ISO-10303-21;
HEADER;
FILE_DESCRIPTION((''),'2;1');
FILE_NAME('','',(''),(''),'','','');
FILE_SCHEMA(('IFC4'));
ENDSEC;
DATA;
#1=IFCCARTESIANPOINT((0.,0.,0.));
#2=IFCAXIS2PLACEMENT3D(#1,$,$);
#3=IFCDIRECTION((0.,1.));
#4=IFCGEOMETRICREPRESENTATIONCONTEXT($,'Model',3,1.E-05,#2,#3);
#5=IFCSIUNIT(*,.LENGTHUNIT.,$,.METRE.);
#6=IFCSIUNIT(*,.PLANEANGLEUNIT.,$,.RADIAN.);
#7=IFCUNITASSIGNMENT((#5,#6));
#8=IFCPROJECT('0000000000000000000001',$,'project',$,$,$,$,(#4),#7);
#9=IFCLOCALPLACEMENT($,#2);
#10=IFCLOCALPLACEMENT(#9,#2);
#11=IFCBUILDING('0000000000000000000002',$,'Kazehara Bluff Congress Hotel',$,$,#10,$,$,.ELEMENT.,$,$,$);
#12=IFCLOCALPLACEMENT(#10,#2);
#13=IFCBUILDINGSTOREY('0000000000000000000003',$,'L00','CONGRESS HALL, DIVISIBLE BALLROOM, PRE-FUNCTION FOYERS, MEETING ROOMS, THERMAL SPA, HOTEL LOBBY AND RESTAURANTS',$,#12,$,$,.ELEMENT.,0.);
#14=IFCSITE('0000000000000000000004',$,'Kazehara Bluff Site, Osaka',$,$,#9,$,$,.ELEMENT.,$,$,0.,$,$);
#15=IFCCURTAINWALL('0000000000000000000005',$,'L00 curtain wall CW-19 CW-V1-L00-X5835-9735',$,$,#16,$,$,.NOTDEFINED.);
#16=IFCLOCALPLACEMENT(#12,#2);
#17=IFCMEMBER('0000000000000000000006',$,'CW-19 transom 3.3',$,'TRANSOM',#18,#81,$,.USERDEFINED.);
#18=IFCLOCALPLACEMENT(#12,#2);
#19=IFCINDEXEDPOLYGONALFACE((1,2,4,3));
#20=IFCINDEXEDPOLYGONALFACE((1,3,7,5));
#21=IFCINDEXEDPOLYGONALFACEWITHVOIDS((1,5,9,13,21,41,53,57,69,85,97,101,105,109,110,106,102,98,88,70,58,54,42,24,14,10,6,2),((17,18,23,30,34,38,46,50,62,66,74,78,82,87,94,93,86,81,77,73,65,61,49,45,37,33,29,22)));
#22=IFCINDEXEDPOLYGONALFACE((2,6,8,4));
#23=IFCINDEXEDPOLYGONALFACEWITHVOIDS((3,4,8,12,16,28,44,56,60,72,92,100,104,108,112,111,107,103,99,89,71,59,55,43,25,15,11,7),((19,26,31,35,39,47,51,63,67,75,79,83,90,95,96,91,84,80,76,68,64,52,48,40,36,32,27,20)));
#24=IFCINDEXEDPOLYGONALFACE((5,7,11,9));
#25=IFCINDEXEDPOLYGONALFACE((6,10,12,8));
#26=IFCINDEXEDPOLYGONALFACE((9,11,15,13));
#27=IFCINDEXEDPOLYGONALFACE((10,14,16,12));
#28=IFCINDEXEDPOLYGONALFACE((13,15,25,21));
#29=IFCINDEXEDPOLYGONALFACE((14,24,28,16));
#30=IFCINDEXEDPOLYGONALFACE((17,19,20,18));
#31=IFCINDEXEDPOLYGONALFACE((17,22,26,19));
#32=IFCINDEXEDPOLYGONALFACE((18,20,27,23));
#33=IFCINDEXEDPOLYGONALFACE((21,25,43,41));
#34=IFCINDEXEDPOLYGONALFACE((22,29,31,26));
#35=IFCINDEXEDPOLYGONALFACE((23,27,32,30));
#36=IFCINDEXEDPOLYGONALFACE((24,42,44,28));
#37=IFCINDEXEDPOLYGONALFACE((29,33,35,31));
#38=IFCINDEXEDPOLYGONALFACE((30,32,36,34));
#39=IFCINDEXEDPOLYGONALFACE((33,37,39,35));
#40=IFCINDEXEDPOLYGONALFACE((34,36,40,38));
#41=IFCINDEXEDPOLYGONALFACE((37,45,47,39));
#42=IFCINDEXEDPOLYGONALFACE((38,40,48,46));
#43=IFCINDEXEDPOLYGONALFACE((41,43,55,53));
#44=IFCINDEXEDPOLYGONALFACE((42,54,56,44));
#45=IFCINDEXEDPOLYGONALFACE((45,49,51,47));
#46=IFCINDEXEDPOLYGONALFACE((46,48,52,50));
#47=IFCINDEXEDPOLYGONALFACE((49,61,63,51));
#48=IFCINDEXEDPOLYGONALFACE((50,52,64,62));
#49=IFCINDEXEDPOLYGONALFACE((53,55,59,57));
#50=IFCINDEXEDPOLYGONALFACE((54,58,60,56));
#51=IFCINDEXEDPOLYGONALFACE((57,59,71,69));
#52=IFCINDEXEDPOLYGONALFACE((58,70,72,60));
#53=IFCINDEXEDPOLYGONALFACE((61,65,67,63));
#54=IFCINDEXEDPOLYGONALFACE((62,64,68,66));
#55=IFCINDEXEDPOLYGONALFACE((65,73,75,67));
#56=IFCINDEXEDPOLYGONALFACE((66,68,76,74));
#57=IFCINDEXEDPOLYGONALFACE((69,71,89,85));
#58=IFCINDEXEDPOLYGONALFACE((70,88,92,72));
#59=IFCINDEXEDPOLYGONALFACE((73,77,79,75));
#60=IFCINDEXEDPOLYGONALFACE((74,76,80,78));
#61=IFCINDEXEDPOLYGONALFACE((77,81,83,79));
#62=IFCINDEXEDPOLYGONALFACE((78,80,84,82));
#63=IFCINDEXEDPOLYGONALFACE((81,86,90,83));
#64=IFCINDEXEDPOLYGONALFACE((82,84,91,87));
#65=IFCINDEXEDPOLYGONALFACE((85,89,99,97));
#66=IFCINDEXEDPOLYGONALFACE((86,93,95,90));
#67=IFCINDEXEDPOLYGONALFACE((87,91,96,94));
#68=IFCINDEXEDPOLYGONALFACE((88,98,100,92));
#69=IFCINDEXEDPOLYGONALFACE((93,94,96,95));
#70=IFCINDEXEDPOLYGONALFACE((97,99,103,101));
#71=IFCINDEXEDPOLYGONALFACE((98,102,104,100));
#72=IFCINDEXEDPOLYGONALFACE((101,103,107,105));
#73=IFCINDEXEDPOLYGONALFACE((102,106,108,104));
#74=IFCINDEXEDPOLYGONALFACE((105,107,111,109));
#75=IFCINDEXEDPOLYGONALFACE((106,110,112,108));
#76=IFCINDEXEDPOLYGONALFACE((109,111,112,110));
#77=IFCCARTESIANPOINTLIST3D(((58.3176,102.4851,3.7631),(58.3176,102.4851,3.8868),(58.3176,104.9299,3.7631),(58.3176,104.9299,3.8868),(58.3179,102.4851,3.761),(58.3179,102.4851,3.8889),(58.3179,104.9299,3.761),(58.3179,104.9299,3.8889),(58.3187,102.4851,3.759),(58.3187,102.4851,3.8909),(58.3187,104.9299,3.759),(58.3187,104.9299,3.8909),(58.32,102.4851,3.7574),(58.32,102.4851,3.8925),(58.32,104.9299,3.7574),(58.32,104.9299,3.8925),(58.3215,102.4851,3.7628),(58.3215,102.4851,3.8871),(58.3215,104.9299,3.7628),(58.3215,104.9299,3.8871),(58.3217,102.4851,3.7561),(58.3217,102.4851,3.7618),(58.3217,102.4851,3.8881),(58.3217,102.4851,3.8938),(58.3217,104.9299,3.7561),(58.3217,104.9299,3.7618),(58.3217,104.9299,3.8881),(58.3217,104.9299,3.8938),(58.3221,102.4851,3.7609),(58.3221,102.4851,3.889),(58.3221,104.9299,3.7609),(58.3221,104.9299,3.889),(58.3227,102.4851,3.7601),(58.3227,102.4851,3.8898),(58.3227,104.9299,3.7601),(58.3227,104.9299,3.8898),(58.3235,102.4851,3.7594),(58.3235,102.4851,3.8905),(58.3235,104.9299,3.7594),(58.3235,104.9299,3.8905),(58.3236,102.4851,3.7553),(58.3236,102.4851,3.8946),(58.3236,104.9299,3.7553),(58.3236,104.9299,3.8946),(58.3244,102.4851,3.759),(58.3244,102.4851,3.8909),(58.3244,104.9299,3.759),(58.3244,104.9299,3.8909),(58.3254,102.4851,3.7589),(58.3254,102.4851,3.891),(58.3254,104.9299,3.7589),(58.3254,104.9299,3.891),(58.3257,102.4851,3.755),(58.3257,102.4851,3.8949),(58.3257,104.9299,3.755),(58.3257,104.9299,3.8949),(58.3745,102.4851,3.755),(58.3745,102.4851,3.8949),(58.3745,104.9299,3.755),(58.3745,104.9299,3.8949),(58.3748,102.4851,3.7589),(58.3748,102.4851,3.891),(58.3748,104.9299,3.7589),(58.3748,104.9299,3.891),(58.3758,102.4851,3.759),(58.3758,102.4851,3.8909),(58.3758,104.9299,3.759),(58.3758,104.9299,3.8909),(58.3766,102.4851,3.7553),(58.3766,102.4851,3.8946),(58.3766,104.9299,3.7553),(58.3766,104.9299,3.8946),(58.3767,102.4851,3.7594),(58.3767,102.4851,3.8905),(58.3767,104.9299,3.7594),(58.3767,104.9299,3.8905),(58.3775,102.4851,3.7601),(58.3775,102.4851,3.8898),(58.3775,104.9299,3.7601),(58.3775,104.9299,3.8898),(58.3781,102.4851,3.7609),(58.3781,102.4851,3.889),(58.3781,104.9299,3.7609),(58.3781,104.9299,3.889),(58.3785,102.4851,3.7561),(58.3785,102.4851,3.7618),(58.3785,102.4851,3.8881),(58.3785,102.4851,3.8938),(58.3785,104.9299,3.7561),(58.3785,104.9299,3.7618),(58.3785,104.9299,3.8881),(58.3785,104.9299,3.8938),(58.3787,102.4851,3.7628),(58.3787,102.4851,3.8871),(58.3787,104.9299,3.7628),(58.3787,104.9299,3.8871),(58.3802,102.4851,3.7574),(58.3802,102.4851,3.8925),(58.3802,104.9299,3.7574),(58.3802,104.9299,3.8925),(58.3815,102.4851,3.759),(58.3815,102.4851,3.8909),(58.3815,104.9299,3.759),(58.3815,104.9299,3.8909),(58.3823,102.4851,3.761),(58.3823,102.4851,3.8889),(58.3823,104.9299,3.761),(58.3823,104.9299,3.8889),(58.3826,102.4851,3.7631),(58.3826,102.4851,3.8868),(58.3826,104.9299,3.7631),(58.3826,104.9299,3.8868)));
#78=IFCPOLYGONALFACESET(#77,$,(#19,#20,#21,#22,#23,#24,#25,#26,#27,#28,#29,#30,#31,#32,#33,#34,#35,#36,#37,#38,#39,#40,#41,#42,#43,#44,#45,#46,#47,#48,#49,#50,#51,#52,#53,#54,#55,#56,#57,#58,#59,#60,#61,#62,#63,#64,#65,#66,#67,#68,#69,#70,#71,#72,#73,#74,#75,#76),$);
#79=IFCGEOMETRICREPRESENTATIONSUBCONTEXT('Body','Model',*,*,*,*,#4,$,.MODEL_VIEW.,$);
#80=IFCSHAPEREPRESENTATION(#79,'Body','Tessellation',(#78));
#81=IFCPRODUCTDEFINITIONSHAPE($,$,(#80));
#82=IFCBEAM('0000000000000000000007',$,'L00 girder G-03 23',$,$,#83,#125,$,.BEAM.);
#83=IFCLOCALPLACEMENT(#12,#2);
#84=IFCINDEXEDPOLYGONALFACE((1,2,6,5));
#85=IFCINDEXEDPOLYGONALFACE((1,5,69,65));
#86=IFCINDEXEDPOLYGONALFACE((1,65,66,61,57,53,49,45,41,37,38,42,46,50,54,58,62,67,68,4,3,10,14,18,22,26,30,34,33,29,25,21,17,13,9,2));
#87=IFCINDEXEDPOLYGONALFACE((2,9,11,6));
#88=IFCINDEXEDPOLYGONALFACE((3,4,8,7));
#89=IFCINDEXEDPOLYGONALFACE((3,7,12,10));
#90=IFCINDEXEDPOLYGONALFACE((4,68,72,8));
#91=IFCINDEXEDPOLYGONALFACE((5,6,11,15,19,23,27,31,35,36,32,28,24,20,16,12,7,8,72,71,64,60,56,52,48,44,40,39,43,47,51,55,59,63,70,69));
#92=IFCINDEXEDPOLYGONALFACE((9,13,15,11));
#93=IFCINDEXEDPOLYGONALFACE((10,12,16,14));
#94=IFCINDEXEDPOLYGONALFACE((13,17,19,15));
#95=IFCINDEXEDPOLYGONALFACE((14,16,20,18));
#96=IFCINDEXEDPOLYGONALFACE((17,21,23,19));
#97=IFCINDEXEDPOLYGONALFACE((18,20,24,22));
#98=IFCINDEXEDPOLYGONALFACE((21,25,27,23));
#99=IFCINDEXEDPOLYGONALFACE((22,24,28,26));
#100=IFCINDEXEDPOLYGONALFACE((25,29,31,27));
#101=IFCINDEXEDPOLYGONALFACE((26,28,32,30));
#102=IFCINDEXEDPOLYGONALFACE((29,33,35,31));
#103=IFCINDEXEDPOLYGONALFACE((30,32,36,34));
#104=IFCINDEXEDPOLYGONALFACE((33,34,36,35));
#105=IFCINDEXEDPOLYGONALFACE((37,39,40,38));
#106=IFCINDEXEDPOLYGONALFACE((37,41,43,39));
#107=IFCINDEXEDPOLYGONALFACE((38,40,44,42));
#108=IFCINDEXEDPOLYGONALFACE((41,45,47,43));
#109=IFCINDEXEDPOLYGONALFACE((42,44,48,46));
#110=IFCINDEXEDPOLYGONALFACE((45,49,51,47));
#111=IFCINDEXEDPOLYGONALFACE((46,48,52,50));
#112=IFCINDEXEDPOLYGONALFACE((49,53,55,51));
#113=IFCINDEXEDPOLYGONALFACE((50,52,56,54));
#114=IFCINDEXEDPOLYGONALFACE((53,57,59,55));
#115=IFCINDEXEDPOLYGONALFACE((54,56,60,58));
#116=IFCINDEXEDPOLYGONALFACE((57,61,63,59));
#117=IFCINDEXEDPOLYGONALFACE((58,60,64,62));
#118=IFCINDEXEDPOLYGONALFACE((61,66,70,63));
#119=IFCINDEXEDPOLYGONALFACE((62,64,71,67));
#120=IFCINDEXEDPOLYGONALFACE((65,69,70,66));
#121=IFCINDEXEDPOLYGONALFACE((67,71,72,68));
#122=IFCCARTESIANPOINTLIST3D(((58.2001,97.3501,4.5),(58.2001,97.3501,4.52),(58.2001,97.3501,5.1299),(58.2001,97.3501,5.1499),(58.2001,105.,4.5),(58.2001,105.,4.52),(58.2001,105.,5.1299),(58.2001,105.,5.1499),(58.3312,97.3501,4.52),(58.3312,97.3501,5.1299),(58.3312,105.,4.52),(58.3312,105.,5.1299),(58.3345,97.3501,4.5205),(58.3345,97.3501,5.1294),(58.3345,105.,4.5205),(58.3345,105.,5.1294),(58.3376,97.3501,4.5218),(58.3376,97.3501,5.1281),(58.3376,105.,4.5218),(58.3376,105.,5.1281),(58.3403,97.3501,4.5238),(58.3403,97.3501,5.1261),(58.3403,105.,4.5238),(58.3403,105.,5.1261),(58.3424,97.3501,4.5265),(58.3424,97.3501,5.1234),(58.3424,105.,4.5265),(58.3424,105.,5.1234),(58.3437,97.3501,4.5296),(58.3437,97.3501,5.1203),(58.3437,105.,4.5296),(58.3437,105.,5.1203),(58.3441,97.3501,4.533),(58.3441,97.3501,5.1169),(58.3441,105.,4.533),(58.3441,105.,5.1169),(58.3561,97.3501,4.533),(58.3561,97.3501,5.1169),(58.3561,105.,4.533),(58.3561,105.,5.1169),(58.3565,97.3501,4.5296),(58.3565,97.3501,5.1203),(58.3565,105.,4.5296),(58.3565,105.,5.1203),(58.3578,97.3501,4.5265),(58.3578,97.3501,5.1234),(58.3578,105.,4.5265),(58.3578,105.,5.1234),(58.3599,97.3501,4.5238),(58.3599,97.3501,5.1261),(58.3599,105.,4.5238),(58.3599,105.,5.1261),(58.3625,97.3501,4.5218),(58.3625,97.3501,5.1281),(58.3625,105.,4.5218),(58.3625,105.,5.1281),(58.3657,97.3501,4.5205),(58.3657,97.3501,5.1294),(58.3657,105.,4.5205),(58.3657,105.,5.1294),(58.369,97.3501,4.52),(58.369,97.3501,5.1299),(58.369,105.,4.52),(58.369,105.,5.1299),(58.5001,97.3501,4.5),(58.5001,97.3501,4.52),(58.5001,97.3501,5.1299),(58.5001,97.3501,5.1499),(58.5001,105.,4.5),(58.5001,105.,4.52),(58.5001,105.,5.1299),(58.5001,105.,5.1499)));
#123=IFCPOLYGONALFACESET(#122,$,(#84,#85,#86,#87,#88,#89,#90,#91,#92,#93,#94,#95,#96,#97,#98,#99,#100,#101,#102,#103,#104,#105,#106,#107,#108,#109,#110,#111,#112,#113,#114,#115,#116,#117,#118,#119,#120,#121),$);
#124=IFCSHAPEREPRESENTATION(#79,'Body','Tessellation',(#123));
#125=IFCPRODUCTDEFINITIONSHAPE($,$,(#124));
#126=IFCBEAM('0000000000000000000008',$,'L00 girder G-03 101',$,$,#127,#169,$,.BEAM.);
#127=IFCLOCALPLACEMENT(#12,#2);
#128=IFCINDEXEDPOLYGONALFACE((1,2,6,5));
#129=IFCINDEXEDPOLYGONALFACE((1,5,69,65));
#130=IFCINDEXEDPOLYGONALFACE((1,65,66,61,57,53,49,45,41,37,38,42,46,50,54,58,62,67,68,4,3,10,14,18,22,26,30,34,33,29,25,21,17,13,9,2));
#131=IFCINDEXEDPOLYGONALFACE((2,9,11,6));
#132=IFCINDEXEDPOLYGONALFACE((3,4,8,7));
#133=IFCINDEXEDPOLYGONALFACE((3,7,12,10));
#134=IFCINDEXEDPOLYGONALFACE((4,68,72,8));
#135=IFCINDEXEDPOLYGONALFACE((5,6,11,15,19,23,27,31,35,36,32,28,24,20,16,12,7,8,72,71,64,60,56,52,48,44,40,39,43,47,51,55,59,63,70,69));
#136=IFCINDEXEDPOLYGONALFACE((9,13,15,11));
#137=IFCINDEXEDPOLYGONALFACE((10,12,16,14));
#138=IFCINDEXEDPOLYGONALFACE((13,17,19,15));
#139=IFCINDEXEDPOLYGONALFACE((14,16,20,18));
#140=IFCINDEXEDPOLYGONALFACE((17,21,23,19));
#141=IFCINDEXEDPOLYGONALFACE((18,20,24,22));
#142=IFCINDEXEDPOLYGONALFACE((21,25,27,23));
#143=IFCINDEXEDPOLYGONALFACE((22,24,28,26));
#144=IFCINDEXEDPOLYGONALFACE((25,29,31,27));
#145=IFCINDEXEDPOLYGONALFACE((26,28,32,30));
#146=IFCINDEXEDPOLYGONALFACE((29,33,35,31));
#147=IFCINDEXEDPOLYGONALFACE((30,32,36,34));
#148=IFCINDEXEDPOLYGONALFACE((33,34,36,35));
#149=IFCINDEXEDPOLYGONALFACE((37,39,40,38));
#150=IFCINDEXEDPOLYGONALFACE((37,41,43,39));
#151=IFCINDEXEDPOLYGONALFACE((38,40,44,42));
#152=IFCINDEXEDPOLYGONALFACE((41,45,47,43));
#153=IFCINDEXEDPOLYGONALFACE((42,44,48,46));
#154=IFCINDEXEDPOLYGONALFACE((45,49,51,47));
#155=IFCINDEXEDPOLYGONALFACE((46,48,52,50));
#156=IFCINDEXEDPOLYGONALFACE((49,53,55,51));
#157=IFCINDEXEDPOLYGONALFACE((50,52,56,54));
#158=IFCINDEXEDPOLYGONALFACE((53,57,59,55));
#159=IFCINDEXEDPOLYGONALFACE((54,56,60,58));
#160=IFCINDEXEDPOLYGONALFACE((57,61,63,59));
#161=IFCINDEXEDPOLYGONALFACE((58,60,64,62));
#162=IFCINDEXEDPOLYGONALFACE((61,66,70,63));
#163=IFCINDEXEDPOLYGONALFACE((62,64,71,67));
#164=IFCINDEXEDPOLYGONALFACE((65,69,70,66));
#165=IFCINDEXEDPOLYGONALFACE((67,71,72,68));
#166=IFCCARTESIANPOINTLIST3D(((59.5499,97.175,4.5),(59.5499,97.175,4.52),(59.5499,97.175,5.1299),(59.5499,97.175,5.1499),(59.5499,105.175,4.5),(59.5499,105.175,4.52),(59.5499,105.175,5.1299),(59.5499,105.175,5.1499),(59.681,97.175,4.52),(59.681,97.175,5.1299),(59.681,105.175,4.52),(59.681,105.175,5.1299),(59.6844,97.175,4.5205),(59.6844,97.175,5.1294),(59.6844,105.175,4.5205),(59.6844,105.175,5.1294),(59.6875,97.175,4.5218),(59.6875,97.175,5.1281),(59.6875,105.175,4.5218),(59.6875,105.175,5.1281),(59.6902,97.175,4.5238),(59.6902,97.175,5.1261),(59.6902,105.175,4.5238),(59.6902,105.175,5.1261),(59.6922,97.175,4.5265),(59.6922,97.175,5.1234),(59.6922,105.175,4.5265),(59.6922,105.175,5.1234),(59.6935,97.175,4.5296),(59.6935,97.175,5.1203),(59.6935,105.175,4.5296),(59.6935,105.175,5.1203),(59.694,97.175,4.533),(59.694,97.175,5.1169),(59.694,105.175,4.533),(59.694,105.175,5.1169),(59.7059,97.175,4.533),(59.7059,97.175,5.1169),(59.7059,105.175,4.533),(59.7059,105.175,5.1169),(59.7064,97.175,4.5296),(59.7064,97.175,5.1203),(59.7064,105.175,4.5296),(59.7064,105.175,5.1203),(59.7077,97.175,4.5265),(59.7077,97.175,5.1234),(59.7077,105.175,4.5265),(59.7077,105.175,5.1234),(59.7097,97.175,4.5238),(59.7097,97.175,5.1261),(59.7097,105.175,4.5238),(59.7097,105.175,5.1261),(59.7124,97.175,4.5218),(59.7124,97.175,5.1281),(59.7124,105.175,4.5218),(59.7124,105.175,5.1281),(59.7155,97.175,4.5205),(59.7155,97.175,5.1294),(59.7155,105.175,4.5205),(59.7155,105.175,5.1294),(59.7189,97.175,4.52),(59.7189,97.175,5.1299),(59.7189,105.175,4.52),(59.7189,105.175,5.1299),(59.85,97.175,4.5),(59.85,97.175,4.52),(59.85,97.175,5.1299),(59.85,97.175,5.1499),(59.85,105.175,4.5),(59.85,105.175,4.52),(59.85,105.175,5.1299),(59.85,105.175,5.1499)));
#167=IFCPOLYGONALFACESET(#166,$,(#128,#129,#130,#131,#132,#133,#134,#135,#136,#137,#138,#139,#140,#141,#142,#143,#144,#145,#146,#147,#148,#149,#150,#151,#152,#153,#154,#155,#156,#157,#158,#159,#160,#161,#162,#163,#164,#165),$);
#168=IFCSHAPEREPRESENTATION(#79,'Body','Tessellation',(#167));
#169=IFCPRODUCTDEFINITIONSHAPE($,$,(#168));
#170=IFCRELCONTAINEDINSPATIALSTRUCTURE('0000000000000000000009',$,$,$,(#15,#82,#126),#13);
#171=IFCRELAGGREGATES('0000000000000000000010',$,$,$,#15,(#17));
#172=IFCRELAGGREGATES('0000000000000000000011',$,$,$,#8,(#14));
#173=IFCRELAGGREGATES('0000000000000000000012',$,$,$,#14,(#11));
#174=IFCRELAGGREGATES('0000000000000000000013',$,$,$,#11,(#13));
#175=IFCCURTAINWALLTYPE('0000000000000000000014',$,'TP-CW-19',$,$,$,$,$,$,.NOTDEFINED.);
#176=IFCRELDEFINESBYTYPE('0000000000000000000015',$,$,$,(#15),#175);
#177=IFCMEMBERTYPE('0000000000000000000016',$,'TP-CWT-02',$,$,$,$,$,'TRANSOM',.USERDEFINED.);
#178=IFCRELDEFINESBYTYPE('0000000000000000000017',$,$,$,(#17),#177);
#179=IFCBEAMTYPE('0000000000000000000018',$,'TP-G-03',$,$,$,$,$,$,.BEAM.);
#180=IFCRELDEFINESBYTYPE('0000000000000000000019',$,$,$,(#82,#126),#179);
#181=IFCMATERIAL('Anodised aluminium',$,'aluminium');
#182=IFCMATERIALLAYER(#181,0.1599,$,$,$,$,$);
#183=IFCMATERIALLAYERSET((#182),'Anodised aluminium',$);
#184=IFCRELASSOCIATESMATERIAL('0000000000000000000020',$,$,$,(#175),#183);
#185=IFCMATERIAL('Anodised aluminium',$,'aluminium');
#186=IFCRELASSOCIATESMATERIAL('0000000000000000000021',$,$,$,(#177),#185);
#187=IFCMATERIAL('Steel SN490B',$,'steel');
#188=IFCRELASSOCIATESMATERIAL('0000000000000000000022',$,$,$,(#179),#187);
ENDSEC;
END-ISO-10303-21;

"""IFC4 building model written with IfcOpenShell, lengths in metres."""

from ifc_helpers import new_model, si_unit, direction, frame, origin, origin_2d, place, context, subcontext, project, spatial, hollow_rectangle, i_section, extrude, material, layer, layer_set, material_profile, profile_set, type_object, element, aggregate, save


model = new_model("IFC4")

# Units and contexts
model_context = context("Model", 3, precision=1e-05, world=origin(), true_north=direction((0.0, 1.0)))
body_context = subcontext(model_context, "Body", "Model", "MODEL_VIEW")
ifc_project = project(units=[si_unit("LENGTHUNIT", "METRE"), si_unit("PLANEANGLEUNIT", "RADIAN")], contexts=[model_context])

# Site, building, storey
site_placement = place(None, origin())
site = spatial("IfcSite", under=ifc_project, at=site_placement, Name="Kazehara Bluff Site, Osaka", CompositionType="ELEMENT", RefElevation=0.0)
building_placement = place(site_placement, origin())
building = spatial("IfcBuilding", under=site, at=building_placement, Name="Kazehara Bluff Congress Hotel", CompositionType="ELEMENT")
storey_placement = place(building_placement, origin())
storey = spatial("IfcBuildingStorey", under=building, at=storey_placement, Name="L00", Description="CONGRESS HALL, DIVISIBLE BALLROOM, PRE-FUNCTION FOYERS, MEETING ROOMS, THERMAL SPA, HOTEL LOBBY AND RESTAURANTS", CompositionType="ELEMENT", Elevation=0.0)

# Curtain wall, member
ifc_material_1 = material(Name="Anodised aluminium", Category="aluminium")
ifc_layer_1 = layer(ifc_material_1, 0.1599)
ifc_layer_set_1 = layer_set([ifc_layer_1], Name="Anodised aluminium")
curtain_wall_type_1 = type_object("IfcCurtainWallType", Name="TP-CW-19", PredefinedType="NOTDEFINED", material=ifc_layer_set_1)
curtain_wall_1_placement = place(storey_placement, origin())
curtain_wall_1 = element("IfcCurtainWall", 1, at=curtain_wall_1_placement, inside=storey, type_object=curtain_wall_type_1, Name="L00 curtain wall CW-19 CW-V1-L00-X5835-9735", PredefinedType="NOTDEFINED")
ifc_material_2 = material(Name="Anodised aluminium", Category="aluminium")
ifc_material_profile_1 = material_profile(ifc_material_2, hollow_rectangle(XDim=0.0649, YDim=0.1399, WallThickness=0.0039, InnerFilletRadius=0.0039, OuterFilletRadius=0.0081, at=origin_2d()))
ifc_profile_set_1 = profile_set([ifc_material_profile_1], Name="Anodised aluminium")
member_type_1 = type_object("IfcMemberType", Name="TP-CWT-02", ElementType="TRANSOM", PredefinedType="USERDEFINED", material=ifc_profile_set_1)
member_1_placement = place(storey_placement, frame((58.3501, 102.4851, 3.825), z_axis=(0.0, 1.0, 0.0), x_axis=(-1.0, 0.0, 0.0)))
member_1 = element("IfcMember", 2, at=member_1_placement, type_object=member_type_1, Name="CW-19 transom 3.3", ObjectType="TRANSOM", PredefinedType="USERDEFINED", context=body_context, shape_type="SweptSolid", body=[
    extrude(hollow_rectangle(XDim=0.0649, YDim=0.1399, WallThickness=0.0039, InnerFilletRadius=0.0039, OuterFilletRadius=0.0081, at=origin_2d()), origin(), (0.0, 0.0, 1.0), 2.4448),
])

# Beams
ifc_material_3 = material(Name="Steel SN490B", Category="steel")
ifc_material_profile_2 = material_profile(ifc_material_3, i_section(OverallWidth=0.3, OverallDepth=0.6499, WebThickness=0.012, FlangeThickness=0.02, FilletRadius=0.0129, at=origin_2d()))
ifc_profile_set_2 = profile_set([ifc_material_profile_2], Name="Steel SN490B")
beam_type_1 = type_object("IfcBeamType", Name="TP-G-03", PredefinedType="BEAM", material=ifc_profile_set_2)
beam_1_placement = place(storey_placement, frame((58.3501, 97.3501, 4.825), z_axis=(0.0, 1.0, 0.0), x_axis=(-1.0, 0.0, 0.0)))
element("IfcBeam", 3, at=beam_1_placement, inside=storey, type_object=beam_type_1, Name="L00 girder G-03 23", PredefinedType="BEAM", context=body_context, shape_type="SweptSolid", body=[
    extrude(i_section(OverallWidth=0.3, OverallDepth=0.6499, WebThickness=0.012, FlangeThickness=0.02, FilletRadius=0.0129, at=origin_2d()), origin(), (0.0, 0.0, 1.0), 7.6499),
])
beam_2_placement = place(storey_placement, frame((59.7, 97.175, 4.825), z_axis=(0.0, 1.0, 0.0), x_axis=(-1.0, 0.0, 0.0)))
element("IfcBeam", 4, at=beam_2_placement, inside=storey, type_object=beam_type_1, Name="L00 girder G-03 101", PredefinedType="BEAM", context=body_context, shape_type="SweptSolid", body=[
    extrude(i_section(OverallWidth=0.3, OverallDepth=0.6499, WebThickness=0.012, FlangeThickness=0.02, FilletRadius=0.0129, at=origin_2d()), origin(), (0.0, 0.0, 1.0), 8.0),
])

aggregate(curtain_wall_1, [member_1])

save(model, "model.ifc")
